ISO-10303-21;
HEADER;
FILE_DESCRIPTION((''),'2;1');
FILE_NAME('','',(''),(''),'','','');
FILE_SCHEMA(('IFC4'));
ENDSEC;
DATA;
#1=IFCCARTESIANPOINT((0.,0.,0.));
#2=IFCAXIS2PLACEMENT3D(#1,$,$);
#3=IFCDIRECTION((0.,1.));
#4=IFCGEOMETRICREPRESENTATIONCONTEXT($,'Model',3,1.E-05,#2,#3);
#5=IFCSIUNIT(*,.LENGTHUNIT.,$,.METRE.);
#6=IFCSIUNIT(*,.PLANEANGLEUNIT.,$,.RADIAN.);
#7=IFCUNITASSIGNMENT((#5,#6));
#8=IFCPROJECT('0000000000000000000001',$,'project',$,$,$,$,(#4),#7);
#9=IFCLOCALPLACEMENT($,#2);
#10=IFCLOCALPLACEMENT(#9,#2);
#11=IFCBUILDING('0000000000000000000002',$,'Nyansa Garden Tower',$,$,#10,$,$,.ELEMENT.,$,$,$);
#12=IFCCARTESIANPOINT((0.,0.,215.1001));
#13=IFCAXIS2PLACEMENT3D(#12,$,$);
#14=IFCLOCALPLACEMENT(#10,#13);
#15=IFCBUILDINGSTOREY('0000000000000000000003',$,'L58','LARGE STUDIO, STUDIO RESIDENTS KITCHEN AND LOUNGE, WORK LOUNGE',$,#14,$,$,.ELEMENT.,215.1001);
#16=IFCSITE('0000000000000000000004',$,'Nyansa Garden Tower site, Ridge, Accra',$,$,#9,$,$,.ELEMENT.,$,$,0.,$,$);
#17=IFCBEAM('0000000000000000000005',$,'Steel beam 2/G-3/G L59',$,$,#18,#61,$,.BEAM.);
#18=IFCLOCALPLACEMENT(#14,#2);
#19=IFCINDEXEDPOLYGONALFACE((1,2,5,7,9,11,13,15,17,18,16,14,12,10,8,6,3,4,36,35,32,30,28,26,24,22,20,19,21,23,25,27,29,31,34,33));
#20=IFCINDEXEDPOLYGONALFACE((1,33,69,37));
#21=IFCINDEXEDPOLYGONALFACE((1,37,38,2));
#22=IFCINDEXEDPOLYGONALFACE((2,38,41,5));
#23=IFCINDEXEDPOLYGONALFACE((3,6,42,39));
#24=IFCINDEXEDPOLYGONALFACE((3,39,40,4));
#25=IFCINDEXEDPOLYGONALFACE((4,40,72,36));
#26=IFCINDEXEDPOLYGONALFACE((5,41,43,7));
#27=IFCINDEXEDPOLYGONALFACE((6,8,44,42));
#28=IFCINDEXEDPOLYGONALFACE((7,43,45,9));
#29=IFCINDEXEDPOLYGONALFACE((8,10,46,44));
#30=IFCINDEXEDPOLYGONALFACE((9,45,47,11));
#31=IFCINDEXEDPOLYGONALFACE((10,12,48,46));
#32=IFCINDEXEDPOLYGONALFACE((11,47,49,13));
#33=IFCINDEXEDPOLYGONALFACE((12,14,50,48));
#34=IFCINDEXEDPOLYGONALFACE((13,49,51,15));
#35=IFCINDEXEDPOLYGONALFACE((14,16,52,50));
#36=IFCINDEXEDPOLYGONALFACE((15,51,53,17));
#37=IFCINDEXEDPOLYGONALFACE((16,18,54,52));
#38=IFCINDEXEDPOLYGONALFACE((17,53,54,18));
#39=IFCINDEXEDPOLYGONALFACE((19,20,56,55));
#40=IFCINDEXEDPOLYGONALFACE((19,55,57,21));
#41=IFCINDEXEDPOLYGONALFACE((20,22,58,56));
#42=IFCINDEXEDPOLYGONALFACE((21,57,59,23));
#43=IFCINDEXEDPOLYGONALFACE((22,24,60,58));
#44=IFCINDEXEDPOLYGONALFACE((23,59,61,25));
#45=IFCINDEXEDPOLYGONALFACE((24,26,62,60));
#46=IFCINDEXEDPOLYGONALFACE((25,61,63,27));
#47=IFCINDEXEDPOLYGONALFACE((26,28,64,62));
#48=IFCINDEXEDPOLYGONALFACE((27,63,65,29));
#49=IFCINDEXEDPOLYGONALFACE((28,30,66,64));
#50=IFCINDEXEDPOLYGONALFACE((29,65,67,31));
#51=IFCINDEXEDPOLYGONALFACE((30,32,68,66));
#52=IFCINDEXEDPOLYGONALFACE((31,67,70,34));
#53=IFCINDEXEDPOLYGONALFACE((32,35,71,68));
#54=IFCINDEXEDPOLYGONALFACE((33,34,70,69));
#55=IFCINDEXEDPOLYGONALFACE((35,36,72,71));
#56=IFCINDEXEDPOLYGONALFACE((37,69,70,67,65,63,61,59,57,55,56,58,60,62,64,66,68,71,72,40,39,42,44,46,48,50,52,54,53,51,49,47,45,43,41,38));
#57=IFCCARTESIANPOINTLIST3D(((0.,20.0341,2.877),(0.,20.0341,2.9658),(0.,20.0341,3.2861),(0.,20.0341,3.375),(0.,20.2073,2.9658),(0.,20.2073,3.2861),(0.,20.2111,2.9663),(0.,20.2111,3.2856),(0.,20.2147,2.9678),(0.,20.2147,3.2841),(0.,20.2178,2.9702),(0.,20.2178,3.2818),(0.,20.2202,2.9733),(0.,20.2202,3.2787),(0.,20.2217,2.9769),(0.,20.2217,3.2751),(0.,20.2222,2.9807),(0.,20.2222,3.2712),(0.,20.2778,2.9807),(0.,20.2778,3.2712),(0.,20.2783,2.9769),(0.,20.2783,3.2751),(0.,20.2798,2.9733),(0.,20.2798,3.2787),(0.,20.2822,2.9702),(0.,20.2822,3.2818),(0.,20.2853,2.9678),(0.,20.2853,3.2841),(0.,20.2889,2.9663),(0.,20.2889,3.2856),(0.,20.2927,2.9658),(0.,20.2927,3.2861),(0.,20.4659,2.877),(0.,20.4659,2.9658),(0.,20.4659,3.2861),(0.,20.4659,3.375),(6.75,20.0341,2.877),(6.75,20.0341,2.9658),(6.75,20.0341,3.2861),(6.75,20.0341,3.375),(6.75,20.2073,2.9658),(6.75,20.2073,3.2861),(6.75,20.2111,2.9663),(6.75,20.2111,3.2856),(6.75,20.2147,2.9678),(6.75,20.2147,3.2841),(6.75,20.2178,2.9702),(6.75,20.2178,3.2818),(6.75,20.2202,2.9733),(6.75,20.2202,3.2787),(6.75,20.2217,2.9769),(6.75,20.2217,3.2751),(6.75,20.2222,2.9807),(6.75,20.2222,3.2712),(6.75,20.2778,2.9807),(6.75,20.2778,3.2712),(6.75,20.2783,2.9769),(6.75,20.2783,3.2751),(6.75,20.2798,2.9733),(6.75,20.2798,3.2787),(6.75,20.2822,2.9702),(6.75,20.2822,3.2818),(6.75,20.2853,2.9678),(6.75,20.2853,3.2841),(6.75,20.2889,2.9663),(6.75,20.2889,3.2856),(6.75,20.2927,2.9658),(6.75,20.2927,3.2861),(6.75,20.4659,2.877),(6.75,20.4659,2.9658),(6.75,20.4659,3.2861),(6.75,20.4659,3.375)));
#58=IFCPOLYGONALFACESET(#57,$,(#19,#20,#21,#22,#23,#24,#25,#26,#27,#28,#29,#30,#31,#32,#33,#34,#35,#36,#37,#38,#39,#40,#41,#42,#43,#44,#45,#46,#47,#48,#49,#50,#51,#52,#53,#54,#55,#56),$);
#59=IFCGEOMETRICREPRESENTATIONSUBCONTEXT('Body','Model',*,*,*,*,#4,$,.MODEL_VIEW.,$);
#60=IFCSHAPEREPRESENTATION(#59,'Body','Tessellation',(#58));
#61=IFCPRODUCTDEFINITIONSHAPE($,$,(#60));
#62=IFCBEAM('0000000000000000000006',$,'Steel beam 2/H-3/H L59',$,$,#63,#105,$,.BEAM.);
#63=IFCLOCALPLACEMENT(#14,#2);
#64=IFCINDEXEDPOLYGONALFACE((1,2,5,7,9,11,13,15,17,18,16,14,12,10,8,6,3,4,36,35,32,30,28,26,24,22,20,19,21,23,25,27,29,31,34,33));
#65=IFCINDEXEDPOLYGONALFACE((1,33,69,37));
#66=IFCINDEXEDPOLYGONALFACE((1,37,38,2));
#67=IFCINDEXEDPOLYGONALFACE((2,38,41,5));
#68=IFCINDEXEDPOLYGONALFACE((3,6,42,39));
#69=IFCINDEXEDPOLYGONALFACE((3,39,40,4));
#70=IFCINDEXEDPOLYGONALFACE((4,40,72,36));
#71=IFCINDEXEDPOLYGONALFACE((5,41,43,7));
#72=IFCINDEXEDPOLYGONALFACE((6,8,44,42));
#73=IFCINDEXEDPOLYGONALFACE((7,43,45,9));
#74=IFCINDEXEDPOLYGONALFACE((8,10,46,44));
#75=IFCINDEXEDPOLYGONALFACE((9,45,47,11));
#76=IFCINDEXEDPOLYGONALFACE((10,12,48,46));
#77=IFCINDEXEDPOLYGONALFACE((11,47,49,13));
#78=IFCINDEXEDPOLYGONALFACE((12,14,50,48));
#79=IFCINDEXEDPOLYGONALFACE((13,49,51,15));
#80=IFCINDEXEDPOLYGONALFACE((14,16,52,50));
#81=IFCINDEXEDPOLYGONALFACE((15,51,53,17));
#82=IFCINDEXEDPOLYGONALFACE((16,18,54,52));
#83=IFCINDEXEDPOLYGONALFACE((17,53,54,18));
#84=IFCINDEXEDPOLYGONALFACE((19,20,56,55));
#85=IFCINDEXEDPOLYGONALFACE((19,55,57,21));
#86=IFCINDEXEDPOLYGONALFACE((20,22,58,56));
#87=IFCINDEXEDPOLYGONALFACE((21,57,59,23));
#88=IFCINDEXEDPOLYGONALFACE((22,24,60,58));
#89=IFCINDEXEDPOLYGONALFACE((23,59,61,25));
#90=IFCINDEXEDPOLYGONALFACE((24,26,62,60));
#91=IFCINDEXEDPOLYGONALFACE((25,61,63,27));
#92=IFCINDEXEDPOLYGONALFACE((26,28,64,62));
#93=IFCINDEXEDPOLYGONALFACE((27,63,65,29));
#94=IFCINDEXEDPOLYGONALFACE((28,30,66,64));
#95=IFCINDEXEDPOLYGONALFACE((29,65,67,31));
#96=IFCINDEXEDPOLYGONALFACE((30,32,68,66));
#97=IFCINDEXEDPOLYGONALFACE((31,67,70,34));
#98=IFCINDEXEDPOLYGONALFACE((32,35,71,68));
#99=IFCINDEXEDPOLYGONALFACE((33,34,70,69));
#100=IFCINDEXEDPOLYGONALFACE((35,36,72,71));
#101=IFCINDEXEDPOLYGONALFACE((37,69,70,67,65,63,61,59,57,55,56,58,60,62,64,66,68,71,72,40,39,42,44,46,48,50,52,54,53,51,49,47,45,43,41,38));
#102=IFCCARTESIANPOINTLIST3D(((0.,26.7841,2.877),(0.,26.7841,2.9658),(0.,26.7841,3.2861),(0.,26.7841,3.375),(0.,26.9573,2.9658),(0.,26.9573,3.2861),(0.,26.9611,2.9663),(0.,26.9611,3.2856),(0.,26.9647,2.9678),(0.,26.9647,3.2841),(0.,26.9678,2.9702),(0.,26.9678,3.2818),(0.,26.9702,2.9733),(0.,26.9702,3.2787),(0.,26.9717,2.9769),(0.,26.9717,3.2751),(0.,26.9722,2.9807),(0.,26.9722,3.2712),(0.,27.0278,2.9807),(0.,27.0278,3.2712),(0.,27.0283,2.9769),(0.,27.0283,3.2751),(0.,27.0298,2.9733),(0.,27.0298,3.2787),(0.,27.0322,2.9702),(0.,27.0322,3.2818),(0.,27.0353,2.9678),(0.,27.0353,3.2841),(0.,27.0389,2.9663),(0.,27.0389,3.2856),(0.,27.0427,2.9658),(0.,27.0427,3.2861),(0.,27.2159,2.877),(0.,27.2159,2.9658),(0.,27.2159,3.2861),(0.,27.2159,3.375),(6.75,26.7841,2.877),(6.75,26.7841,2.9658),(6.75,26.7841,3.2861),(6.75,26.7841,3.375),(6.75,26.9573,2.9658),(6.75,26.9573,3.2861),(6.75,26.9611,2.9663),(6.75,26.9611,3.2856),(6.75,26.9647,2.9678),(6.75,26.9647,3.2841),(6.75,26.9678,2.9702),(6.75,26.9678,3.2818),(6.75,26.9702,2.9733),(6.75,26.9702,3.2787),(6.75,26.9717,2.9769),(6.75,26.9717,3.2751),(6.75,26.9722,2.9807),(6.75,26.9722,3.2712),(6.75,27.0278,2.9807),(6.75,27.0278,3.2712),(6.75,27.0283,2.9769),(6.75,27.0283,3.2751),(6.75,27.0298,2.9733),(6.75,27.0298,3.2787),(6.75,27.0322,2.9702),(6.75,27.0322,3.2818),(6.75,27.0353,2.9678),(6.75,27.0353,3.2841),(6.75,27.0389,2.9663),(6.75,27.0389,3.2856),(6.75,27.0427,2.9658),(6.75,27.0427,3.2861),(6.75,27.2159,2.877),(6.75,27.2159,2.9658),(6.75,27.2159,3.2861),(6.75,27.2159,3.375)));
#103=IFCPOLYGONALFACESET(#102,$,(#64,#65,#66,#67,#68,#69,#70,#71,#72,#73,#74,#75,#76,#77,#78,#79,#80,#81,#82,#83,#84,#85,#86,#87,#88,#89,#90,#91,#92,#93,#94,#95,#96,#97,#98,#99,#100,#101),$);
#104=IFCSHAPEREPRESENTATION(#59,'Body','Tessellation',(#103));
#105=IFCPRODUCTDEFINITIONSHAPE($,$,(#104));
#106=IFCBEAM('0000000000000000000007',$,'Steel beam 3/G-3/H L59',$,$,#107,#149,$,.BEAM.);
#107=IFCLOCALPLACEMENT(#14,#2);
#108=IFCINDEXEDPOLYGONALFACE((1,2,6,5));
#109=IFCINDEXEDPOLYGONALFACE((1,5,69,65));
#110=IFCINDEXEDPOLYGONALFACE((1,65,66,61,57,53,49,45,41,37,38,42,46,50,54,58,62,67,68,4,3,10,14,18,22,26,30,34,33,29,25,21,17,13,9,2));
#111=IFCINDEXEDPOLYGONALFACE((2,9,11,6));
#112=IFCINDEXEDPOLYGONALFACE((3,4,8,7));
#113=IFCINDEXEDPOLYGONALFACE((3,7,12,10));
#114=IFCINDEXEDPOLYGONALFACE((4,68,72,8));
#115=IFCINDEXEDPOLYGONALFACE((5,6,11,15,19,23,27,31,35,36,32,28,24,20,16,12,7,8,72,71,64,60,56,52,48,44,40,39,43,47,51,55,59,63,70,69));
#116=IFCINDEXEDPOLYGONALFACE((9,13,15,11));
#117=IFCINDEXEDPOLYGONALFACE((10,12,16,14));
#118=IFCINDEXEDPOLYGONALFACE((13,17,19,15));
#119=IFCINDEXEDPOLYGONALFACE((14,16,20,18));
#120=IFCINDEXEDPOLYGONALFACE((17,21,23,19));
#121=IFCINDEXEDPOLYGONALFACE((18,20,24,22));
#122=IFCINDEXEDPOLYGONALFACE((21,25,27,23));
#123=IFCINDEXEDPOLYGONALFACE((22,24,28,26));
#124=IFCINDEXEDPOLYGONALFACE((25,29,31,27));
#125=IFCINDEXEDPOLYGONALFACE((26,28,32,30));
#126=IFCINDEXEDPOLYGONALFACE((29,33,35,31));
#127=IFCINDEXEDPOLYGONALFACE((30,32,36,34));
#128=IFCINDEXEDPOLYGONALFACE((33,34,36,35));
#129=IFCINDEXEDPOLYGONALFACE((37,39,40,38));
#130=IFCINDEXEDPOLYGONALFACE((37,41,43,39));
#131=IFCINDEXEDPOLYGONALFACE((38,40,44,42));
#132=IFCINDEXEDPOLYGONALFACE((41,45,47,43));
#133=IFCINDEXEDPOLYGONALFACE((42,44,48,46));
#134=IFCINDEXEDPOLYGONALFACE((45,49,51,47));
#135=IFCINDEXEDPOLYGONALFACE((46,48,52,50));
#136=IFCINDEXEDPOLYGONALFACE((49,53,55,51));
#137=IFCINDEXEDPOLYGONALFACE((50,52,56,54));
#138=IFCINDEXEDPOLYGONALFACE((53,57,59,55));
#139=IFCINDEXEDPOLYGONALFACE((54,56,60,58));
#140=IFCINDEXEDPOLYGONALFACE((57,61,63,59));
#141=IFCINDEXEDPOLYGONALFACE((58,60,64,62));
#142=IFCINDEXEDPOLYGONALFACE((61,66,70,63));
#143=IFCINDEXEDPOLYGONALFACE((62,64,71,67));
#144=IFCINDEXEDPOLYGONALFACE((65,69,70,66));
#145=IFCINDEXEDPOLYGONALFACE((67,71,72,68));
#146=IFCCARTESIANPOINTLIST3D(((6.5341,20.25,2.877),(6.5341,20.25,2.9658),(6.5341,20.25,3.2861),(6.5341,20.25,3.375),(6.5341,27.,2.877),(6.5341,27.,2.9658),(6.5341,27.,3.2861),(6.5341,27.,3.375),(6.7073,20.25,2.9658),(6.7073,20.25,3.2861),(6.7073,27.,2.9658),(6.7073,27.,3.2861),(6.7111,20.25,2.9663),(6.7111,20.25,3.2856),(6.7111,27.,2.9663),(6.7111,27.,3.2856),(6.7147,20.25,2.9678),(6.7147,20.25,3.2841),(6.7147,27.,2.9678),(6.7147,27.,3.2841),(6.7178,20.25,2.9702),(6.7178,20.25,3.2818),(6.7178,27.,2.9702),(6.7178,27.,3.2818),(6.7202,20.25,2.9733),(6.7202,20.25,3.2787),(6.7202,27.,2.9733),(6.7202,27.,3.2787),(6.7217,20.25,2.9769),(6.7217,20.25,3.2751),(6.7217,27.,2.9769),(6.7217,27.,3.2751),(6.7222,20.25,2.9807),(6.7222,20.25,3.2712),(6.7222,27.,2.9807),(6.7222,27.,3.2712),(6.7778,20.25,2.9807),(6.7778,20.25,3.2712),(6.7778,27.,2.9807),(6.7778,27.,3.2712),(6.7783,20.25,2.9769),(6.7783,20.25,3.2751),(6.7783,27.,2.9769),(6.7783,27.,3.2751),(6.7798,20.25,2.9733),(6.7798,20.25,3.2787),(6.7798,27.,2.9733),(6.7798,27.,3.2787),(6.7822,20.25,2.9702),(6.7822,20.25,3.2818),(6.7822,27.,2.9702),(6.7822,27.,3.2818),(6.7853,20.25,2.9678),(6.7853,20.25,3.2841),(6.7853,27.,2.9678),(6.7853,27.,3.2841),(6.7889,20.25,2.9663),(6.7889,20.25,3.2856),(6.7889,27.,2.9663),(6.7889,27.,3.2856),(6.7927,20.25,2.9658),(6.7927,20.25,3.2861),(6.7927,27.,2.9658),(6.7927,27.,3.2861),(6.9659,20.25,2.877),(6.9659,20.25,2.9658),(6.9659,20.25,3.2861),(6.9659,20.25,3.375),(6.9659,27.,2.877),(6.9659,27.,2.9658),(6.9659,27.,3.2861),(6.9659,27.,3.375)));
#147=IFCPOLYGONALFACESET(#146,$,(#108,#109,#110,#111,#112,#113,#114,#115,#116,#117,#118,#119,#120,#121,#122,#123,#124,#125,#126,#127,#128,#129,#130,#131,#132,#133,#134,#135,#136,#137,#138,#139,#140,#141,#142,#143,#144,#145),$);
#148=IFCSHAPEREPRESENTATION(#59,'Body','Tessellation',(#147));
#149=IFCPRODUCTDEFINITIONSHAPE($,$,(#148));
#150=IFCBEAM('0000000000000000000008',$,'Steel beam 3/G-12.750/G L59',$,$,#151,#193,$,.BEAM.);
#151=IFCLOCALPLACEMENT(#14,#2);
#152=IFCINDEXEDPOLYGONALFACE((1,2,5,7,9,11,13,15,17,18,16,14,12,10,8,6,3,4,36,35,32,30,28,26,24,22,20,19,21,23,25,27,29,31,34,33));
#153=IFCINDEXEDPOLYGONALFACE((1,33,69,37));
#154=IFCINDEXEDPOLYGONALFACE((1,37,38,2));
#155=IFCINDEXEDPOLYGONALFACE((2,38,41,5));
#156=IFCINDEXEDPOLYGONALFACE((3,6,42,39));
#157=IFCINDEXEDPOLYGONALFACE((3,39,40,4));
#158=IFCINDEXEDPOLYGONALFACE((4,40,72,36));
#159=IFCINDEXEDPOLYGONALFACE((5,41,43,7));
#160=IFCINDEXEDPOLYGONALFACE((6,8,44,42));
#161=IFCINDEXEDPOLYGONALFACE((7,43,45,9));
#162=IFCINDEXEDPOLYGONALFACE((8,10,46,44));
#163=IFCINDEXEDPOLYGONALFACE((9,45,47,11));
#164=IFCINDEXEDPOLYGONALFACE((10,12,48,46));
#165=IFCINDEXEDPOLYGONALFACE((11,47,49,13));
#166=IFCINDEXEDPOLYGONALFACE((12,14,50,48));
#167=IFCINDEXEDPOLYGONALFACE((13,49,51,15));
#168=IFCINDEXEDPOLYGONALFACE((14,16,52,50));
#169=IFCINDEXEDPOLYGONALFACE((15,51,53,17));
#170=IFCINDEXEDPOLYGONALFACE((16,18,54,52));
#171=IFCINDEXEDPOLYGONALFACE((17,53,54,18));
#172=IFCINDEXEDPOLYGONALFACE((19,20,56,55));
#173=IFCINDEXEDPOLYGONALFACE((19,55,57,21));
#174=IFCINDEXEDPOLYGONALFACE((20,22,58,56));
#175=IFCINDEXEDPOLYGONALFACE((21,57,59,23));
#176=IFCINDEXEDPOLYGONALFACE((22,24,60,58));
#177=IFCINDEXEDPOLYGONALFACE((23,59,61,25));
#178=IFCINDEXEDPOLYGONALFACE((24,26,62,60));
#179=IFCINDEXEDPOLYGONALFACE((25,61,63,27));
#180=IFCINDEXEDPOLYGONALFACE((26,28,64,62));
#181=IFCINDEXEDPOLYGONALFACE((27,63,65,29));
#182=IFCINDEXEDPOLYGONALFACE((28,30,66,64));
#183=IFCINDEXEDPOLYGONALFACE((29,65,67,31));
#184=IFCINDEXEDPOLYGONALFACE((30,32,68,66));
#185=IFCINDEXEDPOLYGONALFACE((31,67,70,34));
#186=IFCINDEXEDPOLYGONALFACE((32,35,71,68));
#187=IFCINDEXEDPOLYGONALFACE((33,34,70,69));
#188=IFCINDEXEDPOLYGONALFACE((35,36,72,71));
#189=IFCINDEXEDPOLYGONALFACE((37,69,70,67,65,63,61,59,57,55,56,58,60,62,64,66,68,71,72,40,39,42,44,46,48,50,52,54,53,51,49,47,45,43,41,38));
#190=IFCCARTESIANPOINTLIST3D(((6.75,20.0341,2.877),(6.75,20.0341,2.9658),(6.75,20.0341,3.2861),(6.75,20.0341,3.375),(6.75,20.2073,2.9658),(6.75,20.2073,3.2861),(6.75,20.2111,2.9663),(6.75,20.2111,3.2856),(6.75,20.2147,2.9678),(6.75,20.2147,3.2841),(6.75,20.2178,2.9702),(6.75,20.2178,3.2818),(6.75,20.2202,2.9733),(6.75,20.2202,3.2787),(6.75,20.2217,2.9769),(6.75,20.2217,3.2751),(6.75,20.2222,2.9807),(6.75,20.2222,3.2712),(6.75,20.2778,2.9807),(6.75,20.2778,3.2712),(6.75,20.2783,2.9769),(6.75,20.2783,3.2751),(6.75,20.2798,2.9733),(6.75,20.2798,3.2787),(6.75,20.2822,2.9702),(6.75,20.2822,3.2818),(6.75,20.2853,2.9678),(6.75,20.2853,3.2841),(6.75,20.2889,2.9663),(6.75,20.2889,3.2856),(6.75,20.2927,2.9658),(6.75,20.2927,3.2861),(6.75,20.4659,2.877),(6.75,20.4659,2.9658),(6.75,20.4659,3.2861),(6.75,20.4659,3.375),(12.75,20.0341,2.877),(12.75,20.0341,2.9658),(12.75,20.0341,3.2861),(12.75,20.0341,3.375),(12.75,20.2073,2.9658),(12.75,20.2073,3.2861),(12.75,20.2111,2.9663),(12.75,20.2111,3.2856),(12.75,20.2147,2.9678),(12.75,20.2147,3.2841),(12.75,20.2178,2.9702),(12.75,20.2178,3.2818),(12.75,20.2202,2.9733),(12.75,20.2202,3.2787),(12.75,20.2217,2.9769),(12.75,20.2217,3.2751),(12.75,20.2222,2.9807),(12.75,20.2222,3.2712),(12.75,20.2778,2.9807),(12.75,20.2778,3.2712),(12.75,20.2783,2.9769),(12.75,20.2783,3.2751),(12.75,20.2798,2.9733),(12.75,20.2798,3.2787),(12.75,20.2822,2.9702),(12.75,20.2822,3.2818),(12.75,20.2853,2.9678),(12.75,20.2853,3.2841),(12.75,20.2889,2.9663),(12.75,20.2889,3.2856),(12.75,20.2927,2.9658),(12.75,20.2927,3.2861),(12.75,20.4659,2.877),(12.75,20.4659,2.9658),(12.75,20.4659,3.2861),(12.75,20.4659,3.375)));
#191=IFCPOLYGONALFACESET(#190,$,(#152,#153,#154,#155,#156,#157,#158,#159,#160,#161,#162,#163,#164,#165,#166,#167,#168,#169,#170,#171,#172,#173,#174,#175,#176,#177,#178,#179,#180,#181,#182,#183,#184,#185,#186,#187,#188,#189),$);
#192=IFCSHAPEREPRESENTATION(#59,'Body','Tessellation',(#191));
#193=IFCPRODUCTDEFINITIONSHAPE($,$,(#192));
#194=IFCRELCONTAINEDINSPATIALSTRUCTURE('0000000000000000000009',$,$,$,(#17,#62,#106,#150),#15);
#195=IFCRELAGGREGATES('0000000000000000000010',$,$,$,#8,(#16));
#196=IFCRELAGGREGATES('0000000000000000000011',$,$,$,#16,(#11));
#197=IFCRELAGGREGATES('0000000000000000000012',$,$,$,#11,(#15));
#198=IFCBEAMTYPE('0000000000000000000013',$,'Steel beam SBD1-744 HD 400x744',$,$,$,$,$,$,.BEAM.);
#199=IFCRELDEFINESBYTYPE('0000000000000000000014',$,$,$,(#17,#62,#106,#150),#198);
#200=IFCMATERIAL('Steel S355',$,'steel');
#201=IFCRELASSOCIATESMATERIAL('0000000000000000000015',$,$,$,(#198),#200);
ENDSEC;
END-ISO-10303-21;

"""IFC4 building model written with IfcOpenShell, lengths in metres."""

from ifc_helpers import new_model, si_unit, direction, frame, origin, origin_2d, place, context, subcontext, project, spatial, i_section, extrude, material, material_profile, profile_set, type_object, element, save


model = new_model("IFC4")

# Units and contexts
model_context = context("Model", 3, precision=1e-05, world=origin(), true_north=direction((0.0, 1.0)))
body_context = subcontext(model_context, "Body", "Model", "MODEL_VIEW")
ifc_project = project(units=[si_unit("LENGTHUNIT", "METRE"), si_unit("PLANEANGLEUNIT", "RADIAN")], contexts=[model_context])

# Site, building, storey
site_placement = place(None, origin())
site = spatial("IfcSite", under=ifc_project, at=site_placement, Name="Nyansa Garden Tower site, Ridge, Accra", CompositionType="ELEMENT", RefElevation=0.0)
building_placement = place(site_placement, origin())
building = spatial("IfcBuilding", under=site, at=building_placement, Name="Nyansa Garden Tower", CompositionType="ELEMENT")
storey_placement = place(building_placement, frame((0.0, 0.0, 215.1001)))
storey = spatial("IfcBuildingStorey", under=building, at=storey_placement, Name="L58", Description="LARGE STUDIO, STUDIO RESIDENTS KITCHEN AND LOUNGE, WORK LOUNGE", CompositionType="ELEMENT", Elevation=215.1001)

# Beams
ifc_material_1 = material(Name="Steel S355", Category="steel")
ifc_material_profile_1 = material_profile(ifc_material_1, i_section(OverallWidth=0.4319, OverallDepth=0.498, WebThickness=0.0557, FlangeThickness=0.0889, FilletRadius=0.0149, at=origin_2d()), Name="HD 400x744")
ifc_profile_set_1 = profile_set([ifc_material_profile_1], Name="Steel S355")
beam_type_1 = type_object("IfcBeamType", Name="Steel beam SBD1-744 HD 400x744", PredefinedType="BEAM", material=ifc_profile_set_1)
for number, where, z_axis, x_axis, name in (
    (1, (0.0, 20.25, 3.126), (1.0, 0.0, 0.0), (0.0, 1.0, 0.0), "Steel beam 2/G-3/G L59"),
    (2, (0.0, 27.0, 3.126), (1.0, 0.0, 0.0), (0.0, 1.0, 0.0), "Steel beam 2/H-3/H L59"),
    (3, (6.75, 20.25, 3.126), (0.0, 1.0, 0.0), (-1.0, 0.0, 0.0), "Steel beam 3/G-3/H L59"),
):
    element("IfcBeam", number, at=place(storey_placement, frame(where, z_axis=z_axis, x_axis=x_axis)), inside=storey, type_object=beam_type_1, Name=name, PredefinedType="BEAM", context=body_context, shape_type="SweptSolid", body=[
        extrude(i_section(OverallWidth=0.4319, OverallDepth=0.498, WebThickness=0.0557, FlangeThickness=0.0889, FilletRadius=0.0149, at=origin_2d()), origin(), (0.0, 0.0, 1.0), 6.75),
    ])
beam_1_placement = place(storey_placement, frame((6.75, 20.25, 3.126), z_axis=(1.0, 0.0, 0.0), x_axis=(0.0, 1.0, 0.0)))
element("IfcBeam", 4, at=beam_1_placement, inside=storey, type_object=beam_type_1, Name="Steel beam 3/G-12.750/G L59", PredefinedType="BEAM", context=body_context, shape_type="SweptSolid", body=[
    extrude(i_section(OverallWidth=0.4319, OverallDepth=0.498, WebThickness=0.0557, FlangeThickness=0.0889, FilletRadius=0.0149, at=origin_2d()), origin(), (0.0, 0.0, 1.0), 6.0),
])

save(model, "model.ifc")
